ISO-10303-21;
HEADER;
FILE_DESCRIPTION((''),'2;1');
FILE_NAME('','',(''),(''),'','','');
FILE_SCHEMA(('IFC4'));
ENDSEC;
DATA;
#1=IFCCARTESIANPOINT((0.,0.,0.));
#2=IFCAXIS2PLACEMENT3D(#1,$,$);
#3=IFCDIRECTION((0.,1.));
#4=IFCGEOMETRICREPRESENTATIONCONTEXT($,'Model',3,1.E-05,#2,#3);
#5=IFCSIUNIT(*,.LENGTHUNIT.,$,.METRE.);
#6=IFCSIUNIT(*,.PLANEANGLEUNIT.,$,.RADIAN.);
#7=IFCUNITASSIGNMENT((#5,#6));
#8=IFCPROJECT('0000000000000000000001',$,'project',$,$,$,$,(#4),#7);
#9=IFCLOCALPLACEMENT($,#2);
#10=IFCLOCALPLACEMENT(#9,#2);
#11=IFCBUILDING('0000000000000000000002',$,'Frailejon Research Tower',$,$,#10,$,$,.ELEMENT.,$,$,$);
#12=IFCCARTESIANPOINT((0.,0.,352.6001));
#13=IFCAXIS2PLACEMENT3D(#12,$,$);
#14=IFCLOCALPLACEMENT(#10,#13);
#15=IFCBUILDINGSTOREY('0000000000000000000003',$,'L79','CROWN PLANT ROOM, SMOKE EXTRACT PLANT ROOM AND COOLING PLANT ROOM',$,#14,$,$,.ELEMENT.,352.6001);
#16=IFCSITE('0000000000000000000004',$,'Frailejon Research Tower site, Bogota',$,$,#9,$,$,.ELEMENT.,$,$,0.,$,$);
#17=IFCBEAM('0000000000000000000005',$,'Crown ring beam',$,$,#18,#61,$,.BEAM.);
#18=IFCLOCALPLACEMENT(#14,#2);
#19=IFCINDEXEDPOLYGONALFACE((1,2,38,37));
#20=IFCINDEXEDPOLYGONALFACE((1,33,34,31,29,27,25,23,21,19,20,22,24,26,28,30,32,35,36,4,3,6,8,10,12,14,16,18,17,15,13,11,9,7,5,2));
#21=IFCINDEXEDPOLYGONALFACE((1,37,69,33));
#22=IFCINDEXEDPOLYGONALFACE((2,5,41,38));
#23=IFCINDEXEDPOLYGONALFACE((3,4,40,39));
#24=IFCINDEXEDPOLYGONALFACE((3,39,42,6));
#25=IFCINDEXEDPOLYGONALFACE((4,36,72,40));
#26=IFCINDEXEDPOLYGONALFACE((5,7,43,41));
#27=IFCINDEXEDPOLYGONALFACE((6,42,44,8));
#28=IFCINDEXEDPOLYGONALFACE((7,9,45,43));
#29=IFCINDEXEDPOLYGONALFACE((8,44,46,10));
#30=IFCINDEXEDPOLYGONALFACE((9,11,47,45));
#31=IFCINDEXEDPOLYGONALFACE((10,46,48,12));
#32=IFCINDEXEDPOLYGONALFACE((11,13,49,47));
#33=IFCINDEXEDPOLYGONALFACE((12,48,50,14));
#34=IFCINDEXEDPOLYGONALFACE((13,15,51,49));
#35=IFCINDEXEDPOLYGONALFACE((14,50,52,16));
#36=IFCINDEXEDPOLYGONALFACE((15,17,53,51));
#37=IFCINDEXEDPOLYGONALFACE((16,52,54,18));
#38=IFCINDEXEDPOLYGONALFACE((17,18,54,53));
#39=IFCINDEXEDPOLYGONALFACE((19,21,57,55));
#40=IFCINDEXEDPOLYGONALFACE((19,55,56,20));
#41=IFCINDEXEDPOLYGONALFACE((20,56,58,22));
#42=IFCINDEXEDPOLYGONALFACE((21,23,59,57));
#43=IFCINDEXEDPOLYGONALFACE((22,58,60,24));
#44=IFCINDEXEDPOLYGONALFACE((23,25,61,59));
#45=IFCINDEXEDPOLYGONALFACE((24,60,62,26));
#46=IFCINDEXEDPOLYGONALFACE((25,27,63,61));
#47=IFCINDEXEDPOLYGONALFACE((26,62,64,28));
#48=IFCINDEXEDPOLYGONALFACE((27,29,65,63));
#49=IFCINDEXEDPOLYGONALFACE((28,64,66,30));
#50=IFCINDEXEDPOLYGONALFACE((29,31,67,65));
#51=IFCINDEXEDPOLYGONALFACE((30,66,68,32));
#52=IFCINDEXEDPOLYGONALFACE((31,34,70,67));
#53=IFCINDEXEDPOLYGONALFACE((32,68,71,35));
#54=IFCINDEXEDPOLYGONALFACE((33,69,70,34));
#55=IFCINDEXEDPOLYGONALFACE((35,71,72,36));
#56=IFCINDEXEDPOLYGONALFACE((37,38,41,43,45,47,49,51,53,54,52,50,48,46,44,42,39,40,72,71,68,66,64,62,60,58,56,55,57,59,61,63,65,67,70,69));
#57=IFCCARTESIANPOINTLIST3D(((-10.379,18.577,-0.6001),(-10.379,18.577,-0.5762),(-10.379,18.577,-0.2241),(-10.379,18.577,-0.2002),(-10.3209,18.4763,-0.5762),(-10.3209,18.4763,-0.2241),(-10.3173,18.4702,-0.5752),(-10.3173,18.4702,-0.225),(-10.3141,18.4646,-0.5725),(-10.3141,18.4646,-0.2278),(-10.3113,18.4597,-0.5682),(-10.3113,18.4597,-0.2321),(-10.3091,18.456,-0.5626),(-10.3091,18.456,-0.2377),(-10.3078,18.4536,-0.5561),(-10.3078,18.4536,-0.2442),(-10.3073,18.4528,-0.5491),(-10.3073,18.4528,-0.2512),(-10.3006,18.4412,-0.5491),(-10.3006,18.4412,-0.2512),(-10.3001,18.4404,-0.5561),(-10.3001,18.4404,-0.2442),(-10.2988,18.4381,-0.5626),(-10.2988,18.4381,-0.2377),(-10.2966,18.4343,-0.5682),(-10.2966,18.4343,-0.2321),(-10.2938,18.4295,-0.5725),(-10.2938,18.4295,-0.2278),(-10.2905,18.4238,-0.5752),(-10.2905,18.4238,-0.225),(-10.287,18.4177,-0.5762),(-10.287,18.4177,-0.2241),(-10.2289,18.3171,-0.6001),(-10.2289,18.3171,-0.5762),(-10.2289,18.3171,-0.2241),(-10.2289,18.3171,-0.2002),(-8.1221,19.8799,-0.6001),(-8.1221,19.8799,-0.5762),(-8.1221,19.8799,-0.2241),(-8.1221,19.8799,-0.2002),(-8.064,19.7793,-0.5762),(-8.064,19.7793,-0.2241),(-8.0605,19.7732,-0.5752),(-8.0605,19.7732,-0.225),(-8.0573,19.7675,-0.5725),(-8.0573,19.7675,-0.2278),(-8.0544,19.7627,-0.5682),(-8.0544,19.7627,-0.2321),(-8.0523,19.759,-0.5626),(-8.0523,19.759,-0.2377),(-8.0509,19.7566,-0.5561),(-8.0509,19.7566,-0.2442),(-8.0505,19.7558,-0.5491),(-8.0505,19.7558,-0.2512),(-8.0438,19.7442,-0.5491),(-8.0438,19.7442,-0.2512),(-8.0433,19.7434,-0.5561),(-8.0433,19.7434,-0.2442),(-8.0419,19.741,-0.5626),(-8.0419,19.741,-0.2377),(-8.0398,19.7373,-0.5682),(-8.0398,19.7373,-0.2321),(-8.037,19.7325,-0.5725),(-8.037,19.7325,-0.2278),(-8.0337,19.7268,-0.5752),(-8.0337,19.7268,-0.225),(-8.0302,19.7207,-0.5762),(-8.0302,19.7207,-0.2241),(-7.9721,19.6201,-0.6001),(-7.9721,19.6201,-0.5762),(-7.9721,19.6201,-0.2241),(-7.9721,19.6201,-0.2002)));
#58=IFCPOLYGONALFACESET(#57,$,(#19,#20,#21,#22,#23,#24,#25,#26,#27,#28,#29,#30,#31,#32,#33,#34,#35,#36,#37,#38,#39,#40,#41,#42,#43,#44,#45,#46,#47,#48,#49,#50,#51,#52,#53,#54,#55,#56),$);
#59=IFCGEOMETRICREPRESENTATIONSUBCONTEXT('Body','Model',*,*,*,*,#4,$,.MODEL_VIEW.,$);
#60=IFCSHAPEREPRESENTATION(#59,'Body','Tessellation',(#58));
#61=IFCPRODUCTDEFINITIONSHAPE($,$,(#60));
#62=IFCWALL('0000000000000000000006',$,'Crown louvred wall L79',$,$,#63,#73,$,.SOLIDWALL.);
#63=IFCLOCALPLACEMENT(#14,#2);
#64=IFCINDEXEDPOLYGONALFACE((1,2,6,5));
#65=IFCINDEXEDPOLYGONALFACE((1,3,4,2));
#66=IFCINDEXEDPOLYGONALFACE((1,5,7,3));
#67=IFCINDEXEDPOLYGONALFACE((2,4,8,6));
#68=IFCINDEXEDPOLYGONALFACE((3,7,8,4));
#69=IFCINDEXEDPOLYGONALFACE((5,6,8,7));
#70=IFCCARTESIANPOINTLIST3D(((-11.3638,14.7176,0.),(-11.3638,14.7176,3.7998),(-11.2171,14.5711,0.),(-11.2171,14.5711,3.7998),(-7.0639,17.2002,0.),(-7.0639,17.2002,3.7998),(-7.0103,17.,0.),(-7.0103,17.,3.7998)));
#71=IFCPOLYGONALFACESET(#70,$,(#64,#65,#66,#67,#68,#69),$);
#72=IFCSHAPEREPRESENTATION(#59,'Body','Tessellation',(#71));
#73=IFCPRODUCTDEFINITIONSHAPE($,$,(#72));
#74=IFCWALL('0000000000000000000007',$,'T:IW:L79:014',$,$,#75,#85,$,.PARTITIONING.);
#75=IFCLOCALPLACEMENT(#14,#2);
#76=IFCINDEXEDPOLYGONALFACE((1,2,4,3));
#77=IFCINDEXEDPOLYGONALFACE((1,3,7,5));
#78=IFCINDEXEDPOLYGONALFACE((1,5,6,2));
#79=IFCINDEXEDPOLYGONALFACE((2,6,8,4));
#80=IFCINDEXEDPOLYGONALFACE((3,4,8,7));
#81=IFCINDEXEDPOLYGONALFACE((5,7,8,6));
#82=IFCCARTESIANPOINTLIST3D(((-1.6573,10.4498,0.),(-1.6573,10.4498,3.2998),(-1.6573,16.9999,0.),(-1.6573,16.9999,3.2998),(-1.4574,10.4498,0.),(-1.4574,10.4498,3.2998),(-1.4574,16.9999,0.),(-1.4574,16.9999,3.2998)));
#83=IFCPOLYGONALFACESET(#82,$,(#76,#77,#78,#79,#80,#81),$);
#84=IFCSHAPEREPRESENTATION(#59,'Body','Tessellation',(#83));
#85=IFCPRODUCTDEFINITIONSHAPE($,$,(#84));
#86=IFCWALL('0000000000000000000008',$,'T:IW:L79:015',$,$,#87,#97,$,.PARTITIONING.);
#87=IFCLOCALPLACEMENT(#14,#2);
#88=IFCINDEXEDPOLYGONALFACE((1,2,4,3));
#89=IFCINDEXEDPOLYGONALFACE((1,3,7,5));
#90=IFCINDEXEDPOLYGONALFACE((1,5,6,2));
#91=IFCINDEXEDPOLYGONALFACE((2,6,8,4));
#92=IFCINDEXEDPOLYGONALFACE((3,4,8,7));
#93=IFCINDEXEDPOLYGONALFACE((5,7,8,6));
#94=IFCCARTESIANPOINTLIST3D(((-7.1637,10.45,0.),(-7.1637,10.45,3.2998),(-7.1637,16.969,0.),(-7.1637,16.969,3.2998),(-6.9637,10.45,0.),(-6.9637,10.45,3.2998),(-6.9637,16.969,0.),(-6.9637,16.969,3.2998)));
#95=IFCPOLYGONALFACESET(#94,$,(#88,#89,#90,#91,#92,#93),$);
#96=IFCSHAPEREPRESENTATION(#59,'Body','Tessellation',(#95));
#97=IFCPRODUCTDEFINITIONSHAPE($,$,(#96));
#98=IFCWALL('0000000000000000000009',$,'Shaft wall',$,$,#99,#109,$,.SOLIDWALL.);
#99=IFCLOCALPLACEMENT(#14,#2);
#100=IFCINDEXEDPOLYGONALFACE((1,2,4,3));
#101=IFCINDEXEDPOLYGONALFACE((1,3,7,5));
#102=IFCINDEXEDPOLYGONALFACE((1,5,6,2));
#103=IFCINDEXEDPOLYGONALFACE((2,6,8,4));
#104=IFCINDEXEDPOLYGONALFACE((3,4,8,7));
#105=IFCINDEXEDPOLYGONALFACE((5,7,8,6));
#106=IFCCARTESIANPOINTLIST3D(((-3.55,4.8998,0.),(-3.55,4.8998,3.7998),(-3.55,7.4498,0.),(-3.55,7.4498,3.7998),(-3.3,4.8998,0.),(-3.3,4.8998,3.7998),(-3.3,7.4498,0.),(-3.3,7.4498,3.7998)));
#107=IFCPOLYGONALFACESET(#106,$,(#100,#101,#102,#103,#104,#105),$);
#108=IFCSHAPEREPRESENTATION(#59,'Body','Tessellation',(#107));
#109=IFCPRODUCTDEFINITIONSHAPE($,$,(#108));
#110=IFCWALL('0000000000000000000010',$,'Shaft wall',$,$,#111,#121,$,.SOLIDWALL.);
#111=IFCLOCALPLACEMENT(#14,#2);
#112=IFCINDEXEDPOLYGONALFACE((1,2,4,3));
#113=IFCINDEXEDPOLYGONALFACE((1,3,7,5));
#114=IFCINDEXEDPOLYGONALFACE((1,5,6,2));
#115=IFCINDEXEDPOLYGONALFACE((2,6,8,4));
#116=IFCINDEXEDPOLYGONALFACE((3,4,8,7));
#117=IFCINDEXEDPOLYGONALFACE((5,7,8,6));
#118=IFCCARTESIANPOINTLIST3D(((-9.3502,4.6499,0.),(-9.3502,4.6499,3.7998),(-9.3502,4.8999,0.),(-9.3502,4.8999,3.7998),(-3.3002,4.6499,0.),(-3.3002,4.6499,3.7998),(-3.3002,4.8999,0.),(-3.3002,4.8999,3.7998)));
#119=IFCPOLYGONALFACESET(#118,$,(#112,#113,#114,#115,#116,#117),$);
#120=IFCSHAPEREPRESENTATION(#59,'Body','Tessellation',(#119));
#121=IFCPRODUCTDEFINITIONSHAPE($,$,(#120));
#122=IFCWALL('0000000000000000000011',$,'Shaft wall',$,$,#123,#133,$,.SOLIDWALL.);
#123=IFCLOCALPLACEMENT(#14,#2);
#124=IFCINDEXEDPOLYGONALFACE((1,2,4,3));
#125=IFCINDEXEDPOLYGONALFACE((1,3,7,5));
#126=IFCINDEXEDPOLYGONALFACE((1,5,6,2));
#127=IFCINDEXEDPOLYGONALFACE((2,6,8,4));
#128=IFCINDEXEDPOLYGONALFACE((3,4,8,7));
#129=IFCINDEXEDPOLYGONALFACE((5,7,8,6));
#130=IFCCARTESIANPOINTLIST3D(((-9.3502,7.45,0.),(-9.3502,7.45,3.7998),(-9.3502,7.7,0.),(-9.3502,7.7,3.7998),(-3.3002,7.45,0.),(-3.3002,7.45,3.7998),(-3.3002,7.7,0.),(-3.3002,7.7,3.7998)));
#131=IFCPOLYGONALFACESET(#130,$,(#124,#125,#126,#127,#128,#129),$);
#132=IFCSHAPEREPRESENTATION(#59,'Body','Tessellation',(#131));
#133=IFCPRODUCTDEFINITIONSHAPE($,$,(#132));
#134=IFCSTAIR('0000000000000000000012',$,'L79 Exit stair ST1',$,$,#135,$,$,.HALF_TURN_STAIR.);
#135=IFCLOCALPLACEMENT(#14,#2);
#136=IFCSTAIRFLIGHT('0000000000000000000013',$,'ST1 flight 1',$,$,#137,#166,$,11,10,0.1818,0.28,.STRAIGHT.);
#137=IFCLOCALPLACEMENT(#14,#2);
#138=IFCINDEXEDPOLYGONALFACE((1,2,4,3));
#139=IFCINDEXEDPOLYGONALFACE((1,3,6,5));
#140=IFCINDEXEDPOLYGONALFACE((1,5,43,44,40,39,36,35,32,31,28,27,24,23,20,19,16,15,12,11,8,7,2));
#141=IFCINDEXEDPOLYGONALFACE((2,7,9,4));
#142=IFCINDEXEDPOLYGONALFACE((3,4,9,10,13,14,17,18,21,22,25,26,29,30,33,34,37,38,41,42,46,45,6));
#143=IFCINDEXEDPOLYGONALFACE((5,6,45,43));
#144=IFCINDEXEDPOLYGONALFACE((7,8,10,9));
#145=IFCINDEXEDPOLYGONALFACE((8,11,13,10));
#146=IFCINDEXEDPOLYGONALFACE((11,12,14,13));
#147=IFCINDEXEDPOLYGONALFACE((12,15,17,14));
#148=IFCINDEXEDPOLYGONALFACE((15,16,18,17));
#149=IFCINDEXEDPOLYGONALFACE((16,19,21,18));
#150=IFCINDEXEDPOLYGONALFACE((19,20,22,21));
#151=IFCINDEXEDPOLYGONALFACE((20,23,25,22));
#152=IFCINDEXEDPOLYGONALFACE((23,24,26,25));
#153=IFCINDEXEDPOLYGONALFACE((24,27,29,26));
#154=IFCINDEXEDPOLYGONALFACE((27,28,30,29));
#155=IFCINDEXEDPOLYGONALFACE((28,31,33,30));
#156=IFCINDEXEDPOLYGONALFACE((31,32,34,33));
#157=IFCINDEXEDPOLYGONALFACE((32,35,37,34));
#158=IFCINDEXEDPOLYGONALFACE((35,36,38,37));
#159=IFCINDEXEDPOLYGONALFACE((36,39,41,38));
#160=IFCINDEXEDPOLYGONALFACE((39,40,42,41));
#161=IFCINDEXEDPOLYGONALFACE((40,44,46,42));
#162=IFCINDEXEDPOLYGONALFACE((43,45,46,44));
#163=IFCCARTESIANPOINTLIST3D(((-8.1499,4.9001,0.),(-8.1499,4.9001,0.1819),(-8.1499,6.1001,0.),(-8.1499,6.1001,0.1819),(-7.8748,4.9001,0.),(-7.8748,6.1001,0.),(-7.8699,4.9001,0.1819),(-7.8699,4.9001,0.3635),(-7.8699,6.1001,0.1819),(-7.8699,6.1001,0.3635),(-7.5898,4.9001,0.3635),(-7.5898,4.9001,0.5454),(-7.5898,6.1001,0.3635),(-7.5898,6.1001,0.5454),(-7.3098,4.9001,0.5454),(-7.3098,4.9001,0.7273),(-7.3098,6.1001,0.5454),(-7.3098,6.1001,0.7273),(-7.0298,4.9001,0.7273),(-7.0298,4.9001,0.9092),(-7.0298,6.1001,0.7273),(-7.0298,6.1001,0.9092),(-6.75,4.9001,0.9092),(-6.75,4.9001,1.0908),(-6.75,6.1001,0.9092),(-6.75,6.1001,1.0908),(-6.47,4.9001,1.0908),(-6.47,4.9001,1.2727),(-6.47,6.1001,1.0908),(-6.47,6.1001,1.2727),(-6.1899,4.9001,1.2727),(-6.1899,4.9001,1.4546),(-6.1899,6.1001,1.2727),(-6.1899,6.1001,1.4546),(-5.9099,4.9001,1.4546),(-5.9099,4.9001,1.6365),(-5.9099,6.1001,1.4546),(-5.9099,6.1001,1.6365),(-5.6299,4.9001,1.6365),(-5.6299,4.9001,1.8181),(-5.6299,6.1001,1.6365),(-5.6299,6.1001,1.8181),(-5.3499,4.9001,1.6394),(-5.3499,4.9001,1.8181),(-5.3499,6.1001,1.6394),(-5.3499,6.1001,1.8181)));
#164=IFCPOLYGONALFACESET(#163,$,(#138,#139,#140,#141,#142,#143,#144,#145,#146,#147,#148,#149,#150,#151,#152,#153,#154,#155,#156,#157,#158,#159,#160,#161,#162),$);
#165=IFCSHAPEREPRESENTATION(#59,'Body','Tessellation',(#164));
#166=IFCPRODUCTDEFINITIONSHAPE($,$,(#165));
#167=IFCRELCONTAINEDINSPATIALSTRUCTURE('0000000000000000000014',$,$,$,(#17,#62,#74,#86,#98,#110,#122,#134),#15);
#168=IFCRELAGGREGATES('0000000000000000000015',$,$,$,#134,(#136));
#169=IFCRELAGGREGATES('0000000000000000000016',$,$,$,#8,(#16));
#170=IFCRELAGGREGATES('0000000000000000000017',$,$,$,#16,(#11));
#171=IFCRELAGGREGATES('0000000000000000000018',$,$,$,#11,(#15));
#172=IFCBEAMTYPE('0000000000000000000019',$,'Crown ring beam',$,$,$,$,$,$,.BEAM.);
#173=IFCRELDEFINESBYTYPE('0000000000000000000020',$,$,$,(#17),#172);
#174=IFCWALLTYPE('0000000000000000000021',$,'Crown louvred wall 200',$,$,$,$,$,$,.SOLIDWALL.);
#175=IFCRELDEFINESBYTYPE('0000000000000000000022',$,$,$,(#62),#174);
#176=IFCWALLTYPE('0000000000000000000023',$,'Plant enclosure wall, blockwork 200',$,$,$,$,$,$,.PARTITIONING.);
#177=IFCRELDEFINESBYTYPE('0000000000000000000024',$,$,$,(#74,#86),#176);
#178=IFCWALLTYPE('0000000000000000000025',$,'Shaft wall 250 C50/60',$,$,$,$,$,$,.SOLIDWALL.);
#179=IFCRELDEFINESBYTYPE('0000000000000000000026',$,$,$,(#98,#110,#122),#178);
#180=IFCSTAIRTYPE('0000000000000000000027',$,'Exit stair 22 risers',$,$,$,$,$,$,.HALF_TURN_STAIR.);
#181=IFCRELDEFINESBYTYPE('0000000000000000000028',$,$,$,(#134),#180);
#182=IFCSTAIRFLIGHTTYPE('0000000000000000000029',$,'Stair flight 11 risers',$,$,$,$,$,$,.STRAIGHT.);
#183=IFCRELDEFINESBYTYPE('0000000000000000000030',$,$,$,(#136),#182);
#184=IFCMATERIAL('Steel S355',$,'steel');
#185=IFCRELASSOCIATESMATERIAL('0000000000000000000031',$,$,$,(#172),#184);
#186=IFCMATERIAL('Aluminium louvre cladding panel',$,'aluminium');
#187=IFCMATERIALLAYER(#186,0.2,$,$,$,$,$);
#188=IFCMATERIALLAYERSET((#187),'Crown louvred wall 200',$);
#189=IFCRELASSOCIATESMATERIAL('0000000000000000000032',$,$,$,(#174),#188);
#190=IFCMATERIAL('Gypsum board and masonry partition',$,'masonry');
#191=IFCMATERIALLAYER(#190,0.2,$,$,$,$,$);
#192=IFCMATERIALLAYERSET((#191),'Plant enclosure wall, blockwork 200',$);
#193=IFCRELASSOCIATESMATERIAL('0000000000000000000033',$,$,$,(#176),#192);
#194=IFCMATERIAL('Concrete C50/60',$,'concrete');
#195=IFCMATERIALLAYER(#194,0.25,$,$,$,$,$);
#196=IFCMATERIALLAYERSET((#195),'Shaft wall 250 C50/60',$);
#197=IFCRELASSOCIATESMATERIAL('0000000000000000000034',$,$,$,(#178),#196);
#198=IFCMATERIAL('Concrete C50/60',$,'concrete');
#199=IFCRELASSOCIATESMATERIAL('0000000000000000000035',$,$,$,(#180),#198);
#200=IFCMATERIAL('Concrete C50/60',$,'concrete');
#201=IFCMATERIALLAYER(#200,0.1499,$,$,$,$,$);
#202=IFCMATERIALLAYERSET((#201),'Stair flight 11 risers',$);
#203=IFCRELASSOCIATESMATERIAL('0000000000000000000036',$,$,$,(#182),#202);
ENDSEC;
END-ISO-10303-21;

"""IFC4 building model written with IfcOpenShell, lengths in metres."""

from ifc_helpers import new_model, si_unit, direction, frame, frame_2d, origin, origin_2d, place, context, subcontext, project, spatial, polyline, rectangle, i_section, outline, extrude, material, layer, layer_set, material_profile, profile_set, type_object, element, aggregate, save


model = new_model("IFC4")

# Units and contexts
model_context = context("Model", 3, precision=1e-05, world=origin(), true_north=direction((0.0, 1.0)))
body_context = subcontext(model_context, "Body", "Model", "MODEL_VIEW")
ifc_project = project(units=[si_unit("LENGTHUNIT", "METRE"), si_unit("PLANEANGLEUNIT", "RADIAN")], contexts=[model_context])

# Site, building, storey
site_placement = place(None, origin())
site = spatial("IfcSite", under=ifc_project, at=site_placement, Name="Frailejon Research Tower site, Bogota", CompositionType="ELEMENT", RefElevation=0.0)
building_placement = place(site_placement, origin())
building = spatial("IfcBuilding", under=site, at=building_placement, Name="Frailejon Research Tower", CompositionType="ELEMENT")
storey_placement = place(building_placement, frame((0.0, 0.0, 352.6001)))
storey = spatial("IfcBuildingStorey", under=building, at=storey_placement, Name="L79", Description="CROWN PLANT ROOM, SMOKE EXTRACT PLANT ROOM AND COOLING PLANT ROOM", CompositionType="ELEMENT", Elevation=352.6001)

# Beam
ifc_material_1 = material(Name="Steel S355", Category="steel")
ifc_material_profile_1 = material_profile(ifc_material_1, i_section(OverallWidth=0.3, OverallDepth=0.3999, WebThickness=0.0134, FlangeThickness=0.0239, FilletRadius=0.0271, at=origin_2d()), Name="HE 400 B")
ifc_profile_set_1 = profile_set([ifc_material_profile_1], Name="Steel S355")
beam_type_1 = type_object("IfcBeamType", Name="Crown ring beam", PredefinedType="BEAM", material=ifc_profile_set_1)
beam_1_placement = place(storey_placement, frame((-8.0471, 19.75, -0.4001), z_axis=(-0.866026, -0.499998, 0.0), x_axis=(0.499998, -0.866026, 0.0)))
element("IfcBeam", 1, at=beam_1_placement, inside=storey, type_object=beam_type_1, Name="Crown ring beam", PredefinedType="BEAM", context=body_context, shape_type="SweptSolid", body=[
    extrude(i_section(OverallWidth=0.3, OverallDepth=0.3999, WebThickness=0.0134, FlangeThickness=0.0239, FilletRadius=0.0271, at=origin_2d()), origin(), (0.0, 0.0, 1.0), 2.606),
])

# Walls
ifc_material_2 = material(Name="Aluminium louvre cladding panel", Category="aluminium")
ifc_layer_1 = layer(ifc_material_2, 0.2)
ifc_layer_set_1 = layer_set([ifc_layer_1], Name="Crown louvred wall 200")
wall_type_1 = type_object("IfcWallType", Name="Crown louvred wall 200", PredefinedType="SOLIDWALL", material=ifc_layer_set_1)
wall_1_placement = place(storey_placement, frame((-7.0371, 17.1001, 0.0), z_axis=(0.0, 0.0, 1.0), x_axis=(-0.866017, -0.500015, 0.0)))
element("IfcWall", 2, at=wall_1_placement, inside=storey, type_object=wall_type_1, Name="Crown louvred wall L79", PredefinedType="SOLIDWALL", context=body_context, shape_type="SweptSolid", body=[
    extrude(outline(polyline([(-0.0269, -0.1001), (4.9382, -0.1001), (4.8845, 0.1001), (0.0269, 0.1001), (-0.0269, -0.1001)])), origin(), (0.0, 0.0, 1.0), 3.7998),
])
ifc_material_3 = material(Name="Gypsum board and masonry partition", Category="masonry")
ifc_layer_2 = layer(ifc_material_3, 0.2)
ifc_layer_set_2 = layer_set([ifc_layer_2], Name="Plant enclosure wall, blockwork 200")
wall_type_2 = type_object("IfcWallType", Name="Plant enclosure wall, blockwork 200", PredefinedType="PARTITIONING", material=ifc_layer_set_2)
wall_2_placement = place(storey_placement, frame((-1.5574, 10.45, 0.0), z_axis=(0.0, 0.0, 1.0), x_axis=(0.0, 1.0, 0.0)))
element("IfcWall", 3, at=wall_2_placement, inside=storey, type_object=wall_type_2, Name="T:IW:L79:014", PredefinedType="PARTITIONING", context=body_context, shape_type="SweptSolid", body=[
    extrude(rectangle(XDim=6.55, YDim=0.2, at=frame_2d((3.2749, 0.0))), origin(), (0.0, 0.0, 1.0), 3.2998),
])
wall_3_placement = place(storey_placement, frame((-7.0637, 10.45, 0.0), z_axis=(0.0, 0.0, 1.0), x_axis=(0.0, 1.0, 0.0)))
element("IfcWall", 4, at=wall_3_placement, inside=storey, type_object=wall_type_2, Name="T:IW:L79:015", PredefinedType="PARTITIONING", context=body_context, shape_type="SweptSolid", body=[
    extrude(rectangle(XDim=6.519, YDim=0.2, at=frame_2d((3.2595, 0.0))), origin(), (0.0, 0.0, 1.0), 3.2998),
])
ifc_material_4 = material(Name="Concrete C50/60", Category="concrete")
ifc_layer_3 = layer(ifc_material_4, 0.25)
ifc_layer_set_3 = layer_set([ifc_layer_3], Name="Shaft wall 250 C50/60")
wall_type_3 = type_object("IfcWallType", Name="Shaft wall 250 C50/60", PredefinedType="SOLIDWALL", material=ifc_layer_set_3)
wall_4_placement = place(storey_placement, frame((-3.425, 4.8999, 0.0), z_axis=(0.0, 0.0, 1.0), x_axis=(0.0, 1.0, 0.0)))
element("IfcWall", 5, at=wall_4_placement, inside=storey, type_object=wall_type_3, Name="Shaft wall", PredefinedType="SOLIDWALL", context=body_context, shape_type="SweptSolid", body=[
    extrude(rectangle(XDim=2.55, YDim=0.25, at=frame_2d((1.2749, 0.0))), origin(), (0.0, 0.0, 1.0), 3.7998),
])
for number, where, z_axis, x_axis, name in (
    (6, (-9.3501, 4.7749, 0.0), (0.0, 0.0, 1.0), (1.0, 0.0, 0.0), "Shaft wall"),
    (7, (-9.3501, 7.575, 0.0), (0.0, 0.0, 1.0), (1.0, 0.0, 0.0), "Shaft wall"),
):
    element("IfcWall", number, at=place(storey_placement, frame(where, z_axis=z_axis, x_axis=x_axis)), inside=storey, type_object=wall_type_3, Name=name, PredefinedType="SOLIDWALL", context=body_context, shape_type="SweptSolid", body=[
        extrude(rectangle(XDim=6.05, YDim=0.25, at=frame_2d((3.0249, 0.0))), origin(), (0.0, 0.0, 1.0), 3.7998),
    ])

# Stair, stair flight
ifc_material_5 = material(Name="Concrete C50/60", Category="concrete")
stair_type = type_object("IfcStairType", Name="Exit stair 22 risers", PredefinedType="HALF_TURN_STAIR", material=ifc_material_5)
stair_placement = place(storey_placement, origin())
stair = element("IfcStair", 8, at=stair_placement, inside=storey, type_object=stair_type, Name="L79 Exit stair ST1", PredefinedType="HALF_TURN_STAIR")
ifc_material_6 = material(Name="Concrete C50/60", Category="concrete")
ifc_layer_4 = layer(ifc_material_6, 0.1499)
ifc_layer_set_4 = layer_set([ifc_layer_4], Name="Stair flight 11 risers")
stair_flight_type = type_object("IfcStairFlightType", Name="Stair flight 11 risers", PredefinedType="STRAIGHT", material=ifc_layer_set_4)
stair_flight_1_placement = place(storey_placement, frame((-8.1499, 5.5, 0.0), z_axis=(0.0, 0.0, 1.0), x_axis=(1.0, 0.0, 0.0)))
stair_flight_1 = element("IfcStairFlight", 9, at=stair_flight_1_placement, type_object=stair_flight_type, Name="ST1 flight 1", NumberOfRisers=11, NumberOfTreads=10, PredefinedType="STRAIGHT", RiserHeight=0.1818, TreadLength=0.28, context=body_context, shape_type="SweptSolid", body=[
    extrude(outline(polyline([(0.0, 0.0), (0.0, 0.1819), (0.28, 0.1819), (0.28, 0.3635), (0.5601, 0.3635), (0.5601, 0.5454), (0.8401, 0.5454), (0.8401, 0.7273), (1.1201, 0.7273), (1.1201, 0.9092), (1.3999, 0.9092), (1.3999, 1.0908), (1.6799, 1.0908), (1.6799, 1.2727), (1.96, 1.2727), (1.96, 1.4546), (2.24, 1.4546), (2.24, 1.6365), (2.52, 1.6365), (2.52, 1.8181), (2.8, 1.8181), (2.8, 2.0), (2.8, 1.6394), (0.2751, 0.0), (0.0, 0.0)])), frame((0.0, 0.6001, 0.0), z_axis=(0.0, -1.0, 0.0), x_axis=(1.0, 0.0, 0.0)), (0.0, 0.0, 1.0), 1.2),
])
aggregate(stair, [stair_flight_1])

save(model, "model.ifc")
